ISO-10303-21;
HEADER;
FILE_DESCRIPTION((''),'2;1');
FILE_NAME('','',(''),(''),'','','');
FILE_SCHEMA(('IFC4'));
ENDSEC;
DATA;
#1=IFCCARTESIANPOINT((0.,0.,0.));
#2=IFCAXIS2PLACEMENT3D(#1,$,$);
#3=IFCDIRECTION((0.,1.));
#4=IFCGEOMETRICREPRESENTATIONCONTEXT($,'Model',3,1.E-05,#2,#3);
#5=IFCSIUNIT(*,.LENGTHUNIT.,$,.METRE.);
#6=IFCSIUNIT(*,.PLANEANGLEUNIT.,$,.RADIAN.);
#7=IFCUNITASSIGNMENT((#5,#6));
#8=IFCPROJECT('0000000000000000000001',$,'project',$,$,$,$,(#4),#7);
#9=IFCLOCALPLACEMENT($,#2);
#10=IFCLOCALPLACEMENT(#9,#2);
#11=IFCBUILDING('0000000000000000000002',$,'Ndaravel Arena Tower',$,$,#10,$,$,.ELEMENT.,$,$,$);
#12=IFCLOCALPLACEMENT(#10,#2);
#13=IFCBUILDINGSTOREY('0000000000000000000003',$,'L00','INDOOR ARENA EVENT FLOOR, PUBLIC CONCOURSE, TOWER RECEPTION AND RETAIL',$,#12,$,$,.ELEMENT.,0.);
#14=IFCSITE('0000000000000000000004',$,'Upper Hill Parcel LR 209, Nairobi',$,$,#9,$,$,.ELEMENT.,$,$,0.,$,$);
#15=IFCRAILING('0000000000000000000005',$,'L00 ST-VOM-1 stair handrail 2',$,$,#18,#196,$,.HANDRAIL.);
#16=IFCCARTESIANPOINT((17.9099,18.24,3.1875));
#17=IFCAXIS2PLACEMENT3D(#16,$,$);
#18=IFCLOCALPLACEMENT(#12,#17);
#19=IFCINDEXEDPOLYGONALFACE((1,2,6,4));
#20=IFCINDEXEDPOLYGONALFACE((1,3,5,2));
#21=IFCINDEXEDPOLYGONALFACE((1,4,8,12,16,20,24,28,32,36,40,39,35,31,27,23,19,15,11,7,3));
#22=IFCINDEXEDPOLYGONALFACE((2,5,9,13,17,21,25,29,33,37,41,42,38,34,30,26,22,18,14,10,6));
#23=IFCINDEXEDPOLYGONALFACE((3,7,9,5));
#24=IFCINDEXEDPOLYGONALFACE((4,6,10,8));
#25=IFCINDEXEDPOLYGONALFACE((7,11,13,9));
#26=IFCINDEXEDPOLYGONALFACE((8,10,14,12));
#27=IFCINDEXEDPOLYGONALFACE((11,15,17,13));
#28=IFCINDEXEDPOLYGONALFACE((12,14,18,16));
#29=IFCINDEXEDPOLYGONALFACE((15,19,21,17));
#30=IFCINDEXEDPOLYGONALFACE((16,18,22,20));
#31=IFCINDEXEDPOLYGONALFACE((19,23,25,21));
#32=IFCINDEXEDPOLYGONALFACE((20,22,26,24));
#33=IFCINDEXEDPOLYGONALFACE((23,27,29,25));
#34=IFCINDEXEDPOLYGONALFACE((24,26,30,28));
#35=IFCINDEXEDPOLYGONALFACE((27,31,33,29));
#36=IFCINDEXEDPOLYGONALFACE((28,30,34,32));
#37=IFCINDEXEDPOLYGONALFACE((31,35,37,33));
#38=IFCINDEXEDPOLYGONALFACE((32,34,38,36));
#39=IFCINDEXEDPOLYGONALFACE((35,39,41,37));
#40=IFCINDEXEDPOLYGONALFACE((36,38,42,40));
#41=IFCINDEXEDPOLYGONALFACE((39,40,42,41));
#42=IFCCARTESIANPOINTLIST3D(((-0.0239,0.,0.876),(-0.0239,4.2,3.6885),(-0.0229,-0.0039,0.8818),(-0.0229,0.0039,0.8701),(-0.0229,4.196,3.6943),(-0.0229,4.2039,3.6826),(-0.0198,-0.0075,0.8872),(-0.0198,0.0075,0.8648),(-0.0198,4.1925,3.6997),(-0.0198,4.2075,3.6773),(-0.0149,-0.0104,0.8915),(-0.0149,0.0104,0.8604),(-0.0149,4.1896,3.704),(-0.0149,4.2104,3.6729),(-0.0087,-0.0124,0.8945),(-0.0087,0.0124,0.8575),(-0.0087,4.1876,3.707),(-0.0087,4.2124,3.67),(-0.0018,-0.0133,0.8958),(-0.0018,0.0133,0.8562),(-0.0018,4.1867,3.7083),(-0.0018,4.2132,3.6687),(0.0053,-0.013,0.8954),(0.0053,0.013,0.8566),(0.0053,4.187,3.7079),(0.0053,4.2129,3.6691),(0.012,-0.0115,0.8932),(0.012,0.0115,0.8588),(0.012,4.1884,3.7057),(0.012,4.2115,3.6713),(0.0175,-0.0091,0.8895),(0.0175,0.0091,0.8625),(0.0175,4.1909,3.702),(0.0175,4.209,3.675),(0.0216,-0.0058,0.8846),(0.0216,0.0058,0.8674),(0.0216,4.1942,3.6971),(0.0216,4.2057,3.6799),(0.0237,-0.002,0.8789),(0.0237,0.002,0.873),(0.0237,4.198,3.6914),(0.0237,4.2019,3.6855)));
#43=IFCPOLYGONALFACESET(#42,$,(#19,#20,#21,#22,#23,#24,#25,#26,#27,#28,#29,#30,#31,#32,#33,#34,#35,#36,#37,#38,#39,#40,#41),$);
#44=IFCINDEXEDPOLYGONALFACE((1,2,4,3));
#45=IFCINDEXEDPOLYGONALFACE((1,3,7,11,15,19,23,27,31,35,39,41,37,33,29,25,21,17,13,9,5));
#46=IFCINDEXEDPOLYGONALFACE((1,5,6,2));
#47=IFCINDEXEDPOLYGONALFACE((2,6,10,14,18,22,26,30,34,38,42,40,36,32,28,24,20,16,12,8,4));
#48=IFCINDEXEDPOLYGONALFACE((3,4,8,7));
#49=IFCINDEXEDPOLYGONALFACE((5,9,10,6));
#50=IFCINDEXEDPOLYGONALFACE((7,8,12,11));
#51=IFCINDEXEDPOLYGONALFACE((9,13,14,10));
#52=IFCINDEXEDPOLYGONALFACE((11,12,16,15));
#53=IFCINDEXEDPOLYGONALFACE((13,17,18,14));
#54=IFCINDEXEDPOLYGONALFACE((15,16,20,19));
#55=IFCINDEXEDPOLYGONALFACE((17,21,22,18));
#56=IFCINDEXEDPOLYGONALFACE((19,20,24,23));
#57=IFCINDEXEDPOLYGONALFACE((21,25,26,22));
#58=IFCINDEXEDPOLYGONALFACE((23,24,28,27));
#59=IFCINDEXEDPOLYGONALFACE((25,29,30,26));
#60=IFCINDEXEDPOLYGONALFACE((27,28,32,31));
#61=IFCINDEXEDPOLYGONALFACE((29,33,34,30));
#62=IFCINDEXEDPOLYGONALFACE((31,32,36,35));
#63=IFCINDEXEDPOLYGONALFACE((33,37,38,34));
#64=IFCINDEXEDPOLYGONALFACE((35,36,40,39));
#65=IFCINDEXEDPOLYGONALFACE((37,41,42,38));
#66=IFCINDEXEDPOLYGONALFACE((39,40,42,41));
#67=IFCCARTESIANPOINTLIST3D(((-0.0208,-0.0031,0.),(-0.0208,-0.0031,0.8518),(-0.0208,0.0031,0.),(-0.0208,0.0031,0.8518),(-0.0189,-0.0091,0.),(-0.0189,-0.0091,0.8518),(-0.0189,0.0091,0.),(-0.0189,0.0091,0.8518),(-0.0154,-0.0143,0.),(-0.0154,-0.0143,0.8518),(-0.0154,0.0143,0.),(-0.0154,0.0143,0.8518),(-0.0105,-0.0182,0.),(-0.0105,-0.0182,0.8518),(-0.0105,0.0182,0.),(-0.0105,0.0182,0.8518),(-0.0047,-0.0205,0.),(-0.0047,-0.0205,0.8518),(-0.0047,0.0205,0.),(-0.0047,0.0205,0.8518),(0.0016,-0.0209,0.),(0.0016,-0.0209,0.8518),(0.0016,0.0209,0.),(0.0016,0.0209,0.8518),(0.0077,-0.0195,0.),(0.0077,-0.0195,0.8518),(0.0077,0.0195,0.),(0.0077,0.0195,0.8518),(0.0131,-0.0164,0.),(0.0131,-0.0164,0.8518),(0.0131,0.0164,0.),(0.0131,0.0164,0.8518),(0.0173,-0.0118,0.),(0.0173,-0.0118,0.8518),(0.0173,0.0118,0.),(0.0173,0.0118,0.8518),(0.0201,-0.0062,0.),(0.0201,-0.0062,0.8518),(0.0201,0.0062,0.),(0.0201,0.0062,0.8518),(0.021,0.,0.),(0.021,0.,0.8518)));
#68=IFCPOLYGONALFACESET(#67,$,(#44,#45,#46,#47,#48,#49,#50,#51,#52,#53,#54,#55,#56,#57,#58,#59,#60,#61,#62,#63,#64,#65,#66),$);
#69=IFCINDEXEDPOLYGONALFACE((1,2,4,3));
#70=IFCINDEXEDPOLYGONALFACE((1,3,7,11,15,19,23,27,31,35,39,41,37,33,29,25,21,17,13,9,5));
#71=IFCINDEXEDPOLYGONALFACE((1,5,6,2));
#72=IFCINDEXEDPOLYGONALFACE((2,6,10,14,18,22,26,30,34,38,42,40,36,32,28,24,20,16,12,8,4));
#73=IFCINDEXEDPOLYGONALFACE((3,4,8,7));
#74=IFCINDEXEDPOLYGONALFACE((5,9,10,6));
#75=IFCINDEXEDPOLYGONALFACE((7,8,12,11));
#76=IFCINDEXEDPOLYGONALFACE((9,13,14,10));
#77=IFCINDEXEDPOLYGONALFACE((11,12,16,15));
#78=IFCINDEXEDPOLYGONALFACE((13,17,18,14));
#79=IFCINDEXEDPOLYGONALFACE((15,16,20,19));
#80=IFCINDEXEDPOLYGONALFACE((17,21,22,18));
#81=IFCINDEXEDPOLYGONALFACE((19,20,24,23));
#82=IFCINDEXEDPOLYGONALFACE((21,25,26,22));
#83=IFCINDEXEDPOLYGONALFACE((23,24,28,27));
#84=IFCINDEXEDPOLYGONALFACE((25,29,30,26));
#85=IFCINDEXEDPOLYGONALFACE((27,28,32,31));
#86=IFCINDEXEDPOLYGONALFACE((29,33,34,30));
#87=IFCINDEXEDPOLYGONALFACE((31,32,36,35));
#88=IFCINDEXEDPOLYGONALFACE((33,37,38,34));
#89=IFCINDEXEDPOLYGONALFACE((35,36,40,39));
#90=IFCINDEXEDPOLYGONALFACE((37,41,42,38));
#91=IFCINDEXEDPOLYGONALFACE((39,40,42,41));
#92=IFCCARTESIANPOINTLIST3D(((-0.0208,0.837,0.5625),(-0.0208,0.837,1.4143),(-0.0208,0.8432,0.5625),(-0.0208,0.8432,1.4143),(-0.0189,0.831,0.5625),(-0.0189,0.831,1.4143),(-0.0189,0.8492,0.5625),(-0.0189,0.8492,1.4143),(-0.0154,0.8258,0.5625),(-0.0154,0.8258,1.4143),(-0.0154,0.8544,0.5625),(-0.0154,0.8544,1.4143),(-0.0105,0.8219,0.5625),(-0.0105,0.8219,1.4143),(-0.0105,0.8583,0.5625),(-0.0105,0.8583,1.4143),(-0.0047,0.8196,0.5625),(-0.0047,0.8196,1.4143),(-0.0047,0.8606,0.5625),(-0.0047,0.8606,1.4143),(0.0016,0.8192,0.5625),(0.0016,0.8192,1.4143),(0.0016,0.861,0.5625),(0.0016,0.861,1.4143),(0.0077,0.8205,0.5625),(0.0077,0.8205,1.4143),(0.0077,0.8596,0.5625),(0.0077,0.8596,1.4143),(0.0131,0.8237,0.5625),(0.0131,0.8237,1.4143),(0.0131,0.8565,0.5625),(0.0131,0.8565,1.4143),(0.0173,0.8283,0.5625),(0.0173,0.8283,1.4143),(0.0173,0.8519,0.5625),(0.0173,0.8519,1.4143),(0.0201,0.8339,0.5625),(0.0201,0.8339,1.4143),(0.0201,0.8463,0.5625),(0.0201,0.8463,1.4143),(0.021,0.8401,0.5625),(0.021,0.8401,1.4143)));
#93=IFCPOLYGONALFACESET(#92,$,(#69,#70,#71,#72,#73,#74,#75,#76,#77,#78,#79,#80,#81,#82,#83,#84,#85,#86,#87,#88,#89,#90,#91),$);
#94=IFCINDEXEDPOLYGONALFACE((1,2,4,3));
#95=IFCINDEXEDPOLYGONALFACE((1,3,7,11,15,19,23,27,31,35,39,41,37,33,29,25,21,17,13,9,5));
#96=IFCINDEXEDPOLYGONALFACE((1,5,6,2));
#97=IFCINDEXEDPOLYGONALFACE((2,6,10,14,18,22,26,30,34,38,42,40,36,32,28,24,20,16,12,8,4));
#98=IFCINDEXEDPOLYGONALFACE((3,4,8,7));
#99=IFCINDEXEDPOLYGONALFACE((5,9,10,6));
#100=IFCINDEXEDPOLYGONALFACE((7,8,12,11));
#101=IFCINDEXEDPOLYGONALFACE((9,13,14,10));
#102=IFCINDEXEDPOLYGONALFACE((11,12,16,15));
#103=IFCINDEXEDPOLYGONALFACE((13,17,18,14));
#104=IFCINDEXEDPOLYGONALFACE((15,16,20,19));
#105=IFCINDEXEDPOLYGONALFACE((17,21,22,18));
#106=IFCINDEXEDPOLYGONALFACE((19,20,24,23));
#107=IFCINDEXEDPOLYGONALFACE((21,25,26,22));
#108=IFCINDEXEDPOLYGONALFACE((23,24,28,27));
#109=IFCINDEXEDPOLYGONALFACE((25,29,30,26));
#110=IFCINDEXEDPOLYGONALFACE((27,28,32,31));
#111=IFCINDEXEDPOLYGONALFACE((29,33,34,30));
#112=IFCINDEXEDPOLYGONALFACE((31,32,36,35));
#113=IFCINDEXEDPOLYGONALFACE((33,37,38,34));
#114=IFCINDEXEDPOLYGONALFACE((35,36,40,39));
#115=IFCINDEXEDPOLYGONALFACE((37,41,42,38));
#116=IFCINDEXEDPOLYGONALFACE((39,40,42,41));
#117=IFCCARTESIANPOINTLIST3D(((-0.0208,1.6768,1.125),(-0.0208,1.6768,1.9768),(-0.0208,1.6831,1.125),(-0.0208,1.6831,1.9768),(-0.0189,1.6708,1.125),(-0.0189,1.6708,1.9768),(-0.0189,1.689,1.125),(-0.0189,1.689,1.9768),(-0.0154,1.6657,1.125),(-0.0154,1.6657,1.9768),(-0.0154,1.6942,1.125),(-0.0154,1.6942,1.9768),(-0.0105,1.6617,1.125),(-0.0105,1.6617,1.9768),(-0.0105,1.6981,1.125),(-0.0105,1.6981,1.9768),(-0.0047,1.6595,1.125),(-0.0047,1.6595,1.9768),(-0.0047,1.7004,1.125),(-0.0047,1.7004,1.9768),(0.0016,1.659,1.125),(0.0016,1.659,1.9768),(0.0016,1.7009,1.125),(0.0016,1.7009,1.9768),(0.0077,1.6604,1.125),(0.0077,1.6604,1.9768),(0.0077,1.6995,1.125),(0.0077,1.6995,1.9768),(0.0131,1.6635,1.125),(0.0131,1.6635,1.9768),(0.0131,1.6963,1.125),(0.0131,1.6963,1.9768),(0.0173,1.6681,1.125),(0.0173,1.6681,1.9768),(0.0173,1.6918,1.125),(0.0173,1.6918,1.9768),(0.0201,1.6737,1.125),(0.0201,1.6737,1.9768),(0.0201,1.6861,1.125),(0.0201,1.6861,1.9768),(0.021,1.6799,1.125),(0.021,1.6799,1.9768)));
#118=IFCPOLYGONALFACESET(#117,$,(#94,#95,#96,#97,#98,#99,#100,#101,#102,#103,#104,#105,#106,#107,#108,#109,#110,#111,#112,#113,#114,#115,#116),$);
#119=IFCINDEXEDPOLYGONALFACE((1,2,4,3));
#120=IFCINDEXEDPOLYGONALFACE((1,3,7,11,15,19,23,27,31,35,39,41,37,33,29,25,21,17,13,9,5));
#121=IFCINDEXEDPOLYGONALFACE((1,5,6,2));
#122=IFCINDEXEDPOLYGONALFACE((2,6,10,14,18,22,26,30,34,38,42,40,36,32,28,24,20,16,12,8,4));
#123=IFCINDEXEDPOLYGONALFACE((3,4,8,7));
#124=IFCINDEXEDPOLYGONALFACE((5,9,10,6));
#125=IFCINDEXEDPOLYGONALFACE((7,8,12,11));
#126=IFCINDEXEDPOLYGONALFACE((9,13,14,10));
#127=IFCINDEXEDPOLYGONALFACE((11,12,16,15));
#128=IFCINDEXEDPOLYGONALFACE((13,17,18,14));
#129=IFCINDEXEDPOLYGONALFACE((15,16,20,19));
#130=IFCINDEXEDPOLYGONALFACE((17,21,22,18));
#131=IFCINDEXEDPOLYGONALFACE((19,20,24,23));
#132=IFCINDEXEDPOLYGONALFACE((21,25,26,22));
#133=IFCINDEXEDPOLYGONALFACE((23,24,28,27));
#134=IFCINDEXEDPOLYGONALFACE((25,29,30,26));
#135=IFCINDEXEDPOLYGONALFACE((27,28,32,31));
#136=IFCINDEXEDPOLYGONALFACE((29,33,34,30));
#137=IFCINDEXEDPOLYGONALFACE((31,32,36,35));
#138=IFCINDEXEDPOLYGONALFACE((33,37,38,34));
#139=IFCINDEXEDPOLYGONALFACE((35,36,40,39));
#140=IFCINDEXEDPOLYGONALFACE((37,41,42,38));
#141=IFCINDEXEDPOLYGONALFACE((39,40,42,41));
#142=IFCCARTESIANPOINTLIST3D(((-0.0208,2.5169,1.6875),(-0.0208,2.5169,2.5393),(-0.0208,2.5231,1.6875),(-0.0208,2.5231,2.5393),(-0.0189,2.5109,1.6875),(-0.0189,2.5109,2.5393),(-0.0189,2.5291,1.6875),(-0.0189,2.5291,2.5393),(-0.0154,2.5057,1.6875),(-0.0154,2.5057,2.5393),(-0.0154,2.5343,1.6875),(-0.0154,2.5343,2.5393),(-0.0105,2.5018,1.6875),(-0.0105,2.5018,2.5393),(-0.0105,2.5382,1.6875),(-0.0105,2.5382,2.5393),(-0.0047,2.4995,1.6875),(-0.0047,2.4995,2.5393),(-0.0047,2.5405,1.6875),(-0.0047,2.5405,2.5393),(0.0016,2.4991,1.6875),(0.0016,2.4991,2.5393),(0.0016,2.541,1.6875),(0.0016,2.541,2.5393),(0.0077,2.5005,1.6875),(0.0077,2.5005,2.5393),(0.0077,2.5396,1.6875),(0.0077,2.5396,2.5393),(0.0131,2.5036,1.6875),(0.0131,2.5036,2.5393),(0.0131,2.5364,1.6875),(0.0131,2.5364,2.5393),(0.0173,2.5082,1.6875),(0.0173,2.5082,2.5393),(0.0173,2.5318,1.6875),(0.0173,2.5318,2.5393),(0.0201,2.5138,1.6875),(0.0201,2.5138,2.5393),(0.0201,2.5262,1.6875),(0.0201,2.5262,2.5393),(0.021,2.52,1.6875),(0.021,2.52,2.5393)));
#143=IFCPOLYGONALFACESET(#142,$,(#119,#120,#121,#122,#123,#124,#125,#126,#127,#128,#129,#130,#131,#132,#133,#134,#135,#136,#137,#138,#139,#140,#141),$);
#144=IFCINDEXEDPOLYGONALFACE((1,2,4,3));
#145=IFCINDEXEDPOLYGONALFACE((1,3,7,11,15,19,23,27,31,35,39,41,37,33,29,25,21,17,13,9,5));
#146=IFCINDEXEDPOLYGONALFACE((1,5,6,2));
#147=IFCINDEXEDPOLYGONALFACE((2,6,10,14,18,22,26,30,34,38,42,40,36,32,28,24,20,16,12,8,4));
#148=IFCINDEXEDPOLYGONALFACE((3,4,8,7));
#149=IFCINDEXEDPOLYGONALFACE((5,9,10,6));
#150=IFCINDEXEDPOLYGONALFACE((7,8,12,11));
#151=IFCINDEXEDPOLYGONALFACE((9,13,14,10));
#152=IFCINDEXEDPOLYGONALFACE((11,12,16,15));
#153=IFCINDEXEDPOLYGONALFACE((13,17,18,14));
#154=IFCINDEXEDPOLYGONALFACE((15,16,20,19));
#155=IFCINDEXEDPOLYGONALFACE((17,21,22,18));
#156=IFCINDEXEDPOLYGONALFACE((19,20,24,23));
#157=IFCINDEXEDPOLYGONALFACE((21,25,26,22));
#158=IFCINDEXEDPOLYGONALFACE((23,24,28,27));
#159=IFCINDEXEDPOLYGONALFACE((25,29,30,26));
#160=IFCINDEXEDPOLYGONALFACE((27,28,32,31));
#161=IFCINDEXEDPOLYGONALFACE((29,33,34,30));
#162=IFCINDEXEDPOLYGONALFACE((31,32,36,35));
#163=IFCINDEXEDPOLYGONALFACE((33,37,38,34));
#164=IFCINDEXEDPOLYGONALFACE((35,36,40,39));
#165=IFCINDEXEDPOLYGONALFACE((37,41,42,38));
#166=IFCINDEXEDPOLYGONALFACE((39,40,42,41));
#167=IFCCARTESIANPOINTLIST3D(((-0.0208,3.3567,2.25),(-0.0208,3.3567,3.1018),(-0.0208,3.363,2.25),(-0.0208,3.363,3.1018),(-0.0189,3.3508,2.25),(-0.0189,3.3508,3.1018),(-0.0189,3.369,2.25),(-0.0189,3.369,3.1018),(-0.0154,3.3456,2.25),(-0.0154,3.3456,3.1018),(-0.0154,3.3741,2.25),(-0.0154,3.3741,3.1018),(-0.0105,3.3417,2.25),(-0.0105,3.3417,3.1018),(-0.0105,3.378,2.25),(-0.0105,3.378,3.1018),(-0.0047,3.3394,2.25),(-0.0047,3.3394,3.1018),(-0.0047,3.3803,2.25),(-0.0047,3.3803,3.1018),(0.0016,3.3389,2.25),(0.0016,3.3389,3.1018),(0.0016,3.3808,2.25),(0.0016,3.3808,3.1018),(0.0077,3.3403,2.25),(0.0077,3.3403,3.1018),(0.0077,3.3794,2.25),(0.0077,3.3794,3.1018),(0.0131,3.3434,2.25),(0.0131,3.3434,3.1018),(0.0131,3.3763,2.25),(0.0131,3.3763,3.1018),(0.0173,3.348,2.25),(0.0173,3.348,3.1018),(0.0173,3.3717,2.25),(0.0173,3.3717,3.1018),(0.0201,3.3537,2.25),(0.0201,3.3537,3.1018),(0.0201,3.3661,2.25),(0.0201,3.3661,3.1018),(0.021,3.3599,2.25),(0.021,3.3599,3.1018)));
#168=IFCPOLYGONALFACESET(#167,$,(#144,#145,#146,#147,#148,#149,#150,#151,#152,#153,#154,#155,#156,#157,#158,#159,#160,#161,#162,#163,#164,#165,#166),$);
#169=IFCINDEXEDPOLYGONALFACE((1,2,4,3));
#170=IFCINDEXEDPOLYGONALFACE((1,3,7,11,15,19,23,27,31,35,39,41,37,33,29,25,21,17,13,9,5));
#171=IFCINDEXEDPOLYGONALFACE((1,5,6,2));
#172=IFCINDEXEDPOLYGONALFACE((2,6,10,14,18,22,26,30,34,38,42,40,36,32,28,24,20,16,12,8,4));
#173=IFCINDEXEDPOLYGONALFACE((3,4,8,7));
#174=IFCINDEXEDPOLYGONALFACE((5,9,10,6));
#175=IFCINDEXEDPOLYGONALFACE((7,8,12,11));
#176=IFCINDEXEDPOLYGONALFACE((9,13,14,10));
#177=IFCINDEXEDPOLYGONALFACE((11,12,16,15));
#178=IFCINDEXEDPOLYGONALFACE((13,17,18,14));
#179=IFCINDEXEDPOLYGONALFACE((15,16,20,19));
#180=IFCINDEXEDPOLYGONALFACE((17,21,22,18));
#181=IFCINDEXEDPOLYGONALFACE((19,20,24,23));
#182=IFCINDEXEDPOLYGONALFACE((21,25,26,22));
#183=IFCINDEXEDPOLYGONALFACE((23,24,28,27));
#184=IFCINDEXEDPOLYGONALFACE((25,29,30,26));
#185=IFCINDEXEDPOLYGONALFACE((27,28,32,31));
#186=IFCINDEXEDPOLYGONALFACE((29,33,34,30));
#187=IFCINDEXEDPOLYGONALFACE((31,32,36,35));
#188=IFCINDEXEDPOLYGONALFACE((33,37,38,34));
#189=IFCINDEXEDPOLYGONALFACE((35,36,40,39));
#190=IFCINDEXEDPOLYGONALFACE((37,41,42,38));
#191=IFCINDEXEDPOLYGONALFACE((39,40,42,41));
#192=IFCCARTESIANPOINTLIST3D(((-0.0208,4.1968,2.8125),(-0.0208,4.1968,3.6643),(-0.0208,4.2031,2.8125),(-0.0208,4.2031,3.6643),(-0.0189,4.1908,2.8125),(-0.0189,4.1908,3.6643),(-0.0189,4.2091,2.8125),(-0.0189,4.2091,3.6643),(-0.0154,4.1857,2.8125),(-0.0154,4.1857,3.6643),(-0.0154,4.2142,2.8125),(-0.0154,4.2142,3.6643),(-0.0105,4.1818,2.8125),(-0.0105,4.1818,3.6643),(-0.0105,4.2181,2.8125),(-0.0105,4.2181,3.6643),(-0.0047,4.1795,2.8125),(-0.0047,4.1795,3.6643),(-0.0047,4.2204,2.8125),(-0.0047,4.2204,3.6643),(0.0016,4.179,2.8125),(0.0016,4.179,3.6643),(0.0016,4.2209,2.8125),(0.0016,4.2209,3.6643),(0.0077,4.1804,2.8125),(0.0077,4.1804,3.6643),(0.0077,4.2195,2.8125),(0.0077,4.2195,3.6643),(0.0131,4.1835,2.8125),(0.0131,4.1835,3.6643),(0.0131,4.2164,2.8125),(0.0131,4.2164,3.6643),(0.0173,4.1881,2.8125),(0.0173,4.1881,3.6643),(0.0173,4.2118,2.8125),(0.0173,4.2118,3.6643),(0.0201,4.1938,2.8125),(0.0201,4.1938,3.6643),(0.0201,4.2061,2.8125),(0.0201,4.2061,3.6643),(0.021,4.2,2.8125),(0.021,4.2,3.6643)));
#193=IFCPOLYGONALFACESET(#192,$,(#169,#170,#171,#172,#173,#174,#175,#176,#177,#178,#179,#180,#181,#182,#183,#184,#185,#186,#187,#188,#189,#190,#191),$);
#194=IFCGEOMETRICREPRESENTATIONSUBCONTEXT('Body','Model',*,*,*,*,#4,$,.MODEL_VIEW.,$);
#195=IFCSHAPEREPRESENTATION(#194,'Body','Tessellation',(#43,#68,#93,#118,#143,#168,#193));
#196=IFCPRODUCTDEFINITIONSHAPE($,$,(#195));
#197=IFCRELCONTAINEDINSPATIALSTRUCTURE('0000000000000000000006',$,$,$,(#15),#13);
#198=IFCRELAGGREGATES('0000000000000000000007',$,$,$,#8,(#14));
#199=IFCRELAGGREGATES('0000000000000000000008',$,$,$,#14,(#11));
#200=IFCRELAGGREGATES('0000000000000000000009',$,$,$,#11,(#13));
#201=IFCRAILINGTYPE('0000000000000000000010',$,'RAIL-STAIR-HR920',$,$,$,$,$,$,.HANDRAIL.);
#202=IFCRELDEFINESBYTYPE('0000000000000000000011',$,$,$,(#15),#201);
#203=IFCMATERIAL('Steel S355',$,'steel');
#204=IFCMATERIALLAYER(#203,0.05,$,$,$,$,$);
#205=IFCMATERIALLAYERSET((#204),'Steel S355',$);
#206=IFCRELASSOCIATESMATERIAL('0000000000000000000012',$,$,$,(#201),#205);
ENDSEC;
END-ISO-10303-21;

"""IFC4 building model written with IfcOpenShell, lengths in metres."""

from ifc_helpers import new_model, si_unit, direction, frame, origin, origin_2d, place, context, subcontext, project, spatial, circle, extrude, material, layer, layer_set, type_object, element, save


model = new_model("IFC4")

# Units and contexts
model_context = context("Model", 3, precision=1e-05, world=origin(), true_north=direction((0.0, 1.0)))
body_context = subcontext(model_context, "Body", "Model", "MODEL_VIEW")
ifc_project = project(units=[si_unit("LENGTHUNIT", "METRE"), si_unit("PLANEANGLEUNIT", "RADIAN")], contexts=[model_context])

# Site, building, storey
site_placement = place(None, origin())
site = spatial("IfcSite", under=ifc_project, at=site_placement, Name="Upper Hill Parcel LR 209, Nairobi", CompositionType="ELEMENT", RefElevation=0.0)
building_placement = place(site_placement, origin())
building = spatial("IfcBuilding", under=site, at=building_placement, Name="Ndaravel Arena Tower", CompositionType="ELEMENT")
storey_placement = place(building_placement, origin())
storey = spatial("IfcBuildingStorey", under=building, at=storey_placement, Name="L00", Description="INDOOR ARENA EVENT FLOOR, PUBLIC CONCOURSE, TOWER RECEPTION AND RETAIL", CompositionType="ELEMENT", Elevation=0.0)

# Railing
ifc_material_1 = material(Name="Steel S355", Category="steel")
ifc_layer_1 = layer(ifc_material_1, 0.05)
ifc_layer_set_1 = layer_set([ifc_layer_1], Name="Steel S355")
railing_type_1 = type_object("IfcRailingType", Name="RAIL-STAIR-HR920", PredefinedType="HANDRAIL", material=ifc_layer_set_1)
railing_1_placement = place(storey_placement, frame((17.9099, 18.24, 3.1875)))
element("IfcRailing", 1, at=railing_1_placement, inside=storey, type_object=railing_type_1, Name="L00 ST-VOM-1 stair handrail 2", PredefinedType="HANDRAIL", context=body_context, shape_type="SweptSolid", body=[
    extrude(circle(Radius=0.0239, at=origin_2d()), frame((0.0, 0.0, 0.876), z_axis=(0.0, 0.830904, 0.556416), x_axis=(-1.0, 0.0, 0.0)), (0.0, 0.0, 1.0), 5.0547),
    extrude(circle(Radius=0.021, at=origin_2d()), origin(), (0.0, 0.0, 1.0), 0.8518),
    extrude(circle(Radius=0.021, at=origin_2d()), frame((0.0, 0.8401, 0.5625)), (0.0, 0.0, 1.0), 0.8518),
    extrude(circle(Radius=0.021, at=origin_2d()), frame((0.0, 1.6799, 1.125)), (0.0, 0.0, 1.0), 0.8518),
    extrude(circle(Radius=0.021, at=origin_2d()), frame((0.0, 2.52, 1.6875)), (0.0, 0.0, 1.0), 0.8518),
    extrude(circle(Radius=0.021, at=origin_2d()), frame((0.0, 3.3599, 2.25)), (0.0, 0.0, 1.0), 0.8518),
    extrude(circle(Radius=0.021, at=origin_2d()), frame((0.0, 4.2, 2.8125)), (0.0, 0.0, 1.0), 0.8518),
])

save(model, "model.ifc")
